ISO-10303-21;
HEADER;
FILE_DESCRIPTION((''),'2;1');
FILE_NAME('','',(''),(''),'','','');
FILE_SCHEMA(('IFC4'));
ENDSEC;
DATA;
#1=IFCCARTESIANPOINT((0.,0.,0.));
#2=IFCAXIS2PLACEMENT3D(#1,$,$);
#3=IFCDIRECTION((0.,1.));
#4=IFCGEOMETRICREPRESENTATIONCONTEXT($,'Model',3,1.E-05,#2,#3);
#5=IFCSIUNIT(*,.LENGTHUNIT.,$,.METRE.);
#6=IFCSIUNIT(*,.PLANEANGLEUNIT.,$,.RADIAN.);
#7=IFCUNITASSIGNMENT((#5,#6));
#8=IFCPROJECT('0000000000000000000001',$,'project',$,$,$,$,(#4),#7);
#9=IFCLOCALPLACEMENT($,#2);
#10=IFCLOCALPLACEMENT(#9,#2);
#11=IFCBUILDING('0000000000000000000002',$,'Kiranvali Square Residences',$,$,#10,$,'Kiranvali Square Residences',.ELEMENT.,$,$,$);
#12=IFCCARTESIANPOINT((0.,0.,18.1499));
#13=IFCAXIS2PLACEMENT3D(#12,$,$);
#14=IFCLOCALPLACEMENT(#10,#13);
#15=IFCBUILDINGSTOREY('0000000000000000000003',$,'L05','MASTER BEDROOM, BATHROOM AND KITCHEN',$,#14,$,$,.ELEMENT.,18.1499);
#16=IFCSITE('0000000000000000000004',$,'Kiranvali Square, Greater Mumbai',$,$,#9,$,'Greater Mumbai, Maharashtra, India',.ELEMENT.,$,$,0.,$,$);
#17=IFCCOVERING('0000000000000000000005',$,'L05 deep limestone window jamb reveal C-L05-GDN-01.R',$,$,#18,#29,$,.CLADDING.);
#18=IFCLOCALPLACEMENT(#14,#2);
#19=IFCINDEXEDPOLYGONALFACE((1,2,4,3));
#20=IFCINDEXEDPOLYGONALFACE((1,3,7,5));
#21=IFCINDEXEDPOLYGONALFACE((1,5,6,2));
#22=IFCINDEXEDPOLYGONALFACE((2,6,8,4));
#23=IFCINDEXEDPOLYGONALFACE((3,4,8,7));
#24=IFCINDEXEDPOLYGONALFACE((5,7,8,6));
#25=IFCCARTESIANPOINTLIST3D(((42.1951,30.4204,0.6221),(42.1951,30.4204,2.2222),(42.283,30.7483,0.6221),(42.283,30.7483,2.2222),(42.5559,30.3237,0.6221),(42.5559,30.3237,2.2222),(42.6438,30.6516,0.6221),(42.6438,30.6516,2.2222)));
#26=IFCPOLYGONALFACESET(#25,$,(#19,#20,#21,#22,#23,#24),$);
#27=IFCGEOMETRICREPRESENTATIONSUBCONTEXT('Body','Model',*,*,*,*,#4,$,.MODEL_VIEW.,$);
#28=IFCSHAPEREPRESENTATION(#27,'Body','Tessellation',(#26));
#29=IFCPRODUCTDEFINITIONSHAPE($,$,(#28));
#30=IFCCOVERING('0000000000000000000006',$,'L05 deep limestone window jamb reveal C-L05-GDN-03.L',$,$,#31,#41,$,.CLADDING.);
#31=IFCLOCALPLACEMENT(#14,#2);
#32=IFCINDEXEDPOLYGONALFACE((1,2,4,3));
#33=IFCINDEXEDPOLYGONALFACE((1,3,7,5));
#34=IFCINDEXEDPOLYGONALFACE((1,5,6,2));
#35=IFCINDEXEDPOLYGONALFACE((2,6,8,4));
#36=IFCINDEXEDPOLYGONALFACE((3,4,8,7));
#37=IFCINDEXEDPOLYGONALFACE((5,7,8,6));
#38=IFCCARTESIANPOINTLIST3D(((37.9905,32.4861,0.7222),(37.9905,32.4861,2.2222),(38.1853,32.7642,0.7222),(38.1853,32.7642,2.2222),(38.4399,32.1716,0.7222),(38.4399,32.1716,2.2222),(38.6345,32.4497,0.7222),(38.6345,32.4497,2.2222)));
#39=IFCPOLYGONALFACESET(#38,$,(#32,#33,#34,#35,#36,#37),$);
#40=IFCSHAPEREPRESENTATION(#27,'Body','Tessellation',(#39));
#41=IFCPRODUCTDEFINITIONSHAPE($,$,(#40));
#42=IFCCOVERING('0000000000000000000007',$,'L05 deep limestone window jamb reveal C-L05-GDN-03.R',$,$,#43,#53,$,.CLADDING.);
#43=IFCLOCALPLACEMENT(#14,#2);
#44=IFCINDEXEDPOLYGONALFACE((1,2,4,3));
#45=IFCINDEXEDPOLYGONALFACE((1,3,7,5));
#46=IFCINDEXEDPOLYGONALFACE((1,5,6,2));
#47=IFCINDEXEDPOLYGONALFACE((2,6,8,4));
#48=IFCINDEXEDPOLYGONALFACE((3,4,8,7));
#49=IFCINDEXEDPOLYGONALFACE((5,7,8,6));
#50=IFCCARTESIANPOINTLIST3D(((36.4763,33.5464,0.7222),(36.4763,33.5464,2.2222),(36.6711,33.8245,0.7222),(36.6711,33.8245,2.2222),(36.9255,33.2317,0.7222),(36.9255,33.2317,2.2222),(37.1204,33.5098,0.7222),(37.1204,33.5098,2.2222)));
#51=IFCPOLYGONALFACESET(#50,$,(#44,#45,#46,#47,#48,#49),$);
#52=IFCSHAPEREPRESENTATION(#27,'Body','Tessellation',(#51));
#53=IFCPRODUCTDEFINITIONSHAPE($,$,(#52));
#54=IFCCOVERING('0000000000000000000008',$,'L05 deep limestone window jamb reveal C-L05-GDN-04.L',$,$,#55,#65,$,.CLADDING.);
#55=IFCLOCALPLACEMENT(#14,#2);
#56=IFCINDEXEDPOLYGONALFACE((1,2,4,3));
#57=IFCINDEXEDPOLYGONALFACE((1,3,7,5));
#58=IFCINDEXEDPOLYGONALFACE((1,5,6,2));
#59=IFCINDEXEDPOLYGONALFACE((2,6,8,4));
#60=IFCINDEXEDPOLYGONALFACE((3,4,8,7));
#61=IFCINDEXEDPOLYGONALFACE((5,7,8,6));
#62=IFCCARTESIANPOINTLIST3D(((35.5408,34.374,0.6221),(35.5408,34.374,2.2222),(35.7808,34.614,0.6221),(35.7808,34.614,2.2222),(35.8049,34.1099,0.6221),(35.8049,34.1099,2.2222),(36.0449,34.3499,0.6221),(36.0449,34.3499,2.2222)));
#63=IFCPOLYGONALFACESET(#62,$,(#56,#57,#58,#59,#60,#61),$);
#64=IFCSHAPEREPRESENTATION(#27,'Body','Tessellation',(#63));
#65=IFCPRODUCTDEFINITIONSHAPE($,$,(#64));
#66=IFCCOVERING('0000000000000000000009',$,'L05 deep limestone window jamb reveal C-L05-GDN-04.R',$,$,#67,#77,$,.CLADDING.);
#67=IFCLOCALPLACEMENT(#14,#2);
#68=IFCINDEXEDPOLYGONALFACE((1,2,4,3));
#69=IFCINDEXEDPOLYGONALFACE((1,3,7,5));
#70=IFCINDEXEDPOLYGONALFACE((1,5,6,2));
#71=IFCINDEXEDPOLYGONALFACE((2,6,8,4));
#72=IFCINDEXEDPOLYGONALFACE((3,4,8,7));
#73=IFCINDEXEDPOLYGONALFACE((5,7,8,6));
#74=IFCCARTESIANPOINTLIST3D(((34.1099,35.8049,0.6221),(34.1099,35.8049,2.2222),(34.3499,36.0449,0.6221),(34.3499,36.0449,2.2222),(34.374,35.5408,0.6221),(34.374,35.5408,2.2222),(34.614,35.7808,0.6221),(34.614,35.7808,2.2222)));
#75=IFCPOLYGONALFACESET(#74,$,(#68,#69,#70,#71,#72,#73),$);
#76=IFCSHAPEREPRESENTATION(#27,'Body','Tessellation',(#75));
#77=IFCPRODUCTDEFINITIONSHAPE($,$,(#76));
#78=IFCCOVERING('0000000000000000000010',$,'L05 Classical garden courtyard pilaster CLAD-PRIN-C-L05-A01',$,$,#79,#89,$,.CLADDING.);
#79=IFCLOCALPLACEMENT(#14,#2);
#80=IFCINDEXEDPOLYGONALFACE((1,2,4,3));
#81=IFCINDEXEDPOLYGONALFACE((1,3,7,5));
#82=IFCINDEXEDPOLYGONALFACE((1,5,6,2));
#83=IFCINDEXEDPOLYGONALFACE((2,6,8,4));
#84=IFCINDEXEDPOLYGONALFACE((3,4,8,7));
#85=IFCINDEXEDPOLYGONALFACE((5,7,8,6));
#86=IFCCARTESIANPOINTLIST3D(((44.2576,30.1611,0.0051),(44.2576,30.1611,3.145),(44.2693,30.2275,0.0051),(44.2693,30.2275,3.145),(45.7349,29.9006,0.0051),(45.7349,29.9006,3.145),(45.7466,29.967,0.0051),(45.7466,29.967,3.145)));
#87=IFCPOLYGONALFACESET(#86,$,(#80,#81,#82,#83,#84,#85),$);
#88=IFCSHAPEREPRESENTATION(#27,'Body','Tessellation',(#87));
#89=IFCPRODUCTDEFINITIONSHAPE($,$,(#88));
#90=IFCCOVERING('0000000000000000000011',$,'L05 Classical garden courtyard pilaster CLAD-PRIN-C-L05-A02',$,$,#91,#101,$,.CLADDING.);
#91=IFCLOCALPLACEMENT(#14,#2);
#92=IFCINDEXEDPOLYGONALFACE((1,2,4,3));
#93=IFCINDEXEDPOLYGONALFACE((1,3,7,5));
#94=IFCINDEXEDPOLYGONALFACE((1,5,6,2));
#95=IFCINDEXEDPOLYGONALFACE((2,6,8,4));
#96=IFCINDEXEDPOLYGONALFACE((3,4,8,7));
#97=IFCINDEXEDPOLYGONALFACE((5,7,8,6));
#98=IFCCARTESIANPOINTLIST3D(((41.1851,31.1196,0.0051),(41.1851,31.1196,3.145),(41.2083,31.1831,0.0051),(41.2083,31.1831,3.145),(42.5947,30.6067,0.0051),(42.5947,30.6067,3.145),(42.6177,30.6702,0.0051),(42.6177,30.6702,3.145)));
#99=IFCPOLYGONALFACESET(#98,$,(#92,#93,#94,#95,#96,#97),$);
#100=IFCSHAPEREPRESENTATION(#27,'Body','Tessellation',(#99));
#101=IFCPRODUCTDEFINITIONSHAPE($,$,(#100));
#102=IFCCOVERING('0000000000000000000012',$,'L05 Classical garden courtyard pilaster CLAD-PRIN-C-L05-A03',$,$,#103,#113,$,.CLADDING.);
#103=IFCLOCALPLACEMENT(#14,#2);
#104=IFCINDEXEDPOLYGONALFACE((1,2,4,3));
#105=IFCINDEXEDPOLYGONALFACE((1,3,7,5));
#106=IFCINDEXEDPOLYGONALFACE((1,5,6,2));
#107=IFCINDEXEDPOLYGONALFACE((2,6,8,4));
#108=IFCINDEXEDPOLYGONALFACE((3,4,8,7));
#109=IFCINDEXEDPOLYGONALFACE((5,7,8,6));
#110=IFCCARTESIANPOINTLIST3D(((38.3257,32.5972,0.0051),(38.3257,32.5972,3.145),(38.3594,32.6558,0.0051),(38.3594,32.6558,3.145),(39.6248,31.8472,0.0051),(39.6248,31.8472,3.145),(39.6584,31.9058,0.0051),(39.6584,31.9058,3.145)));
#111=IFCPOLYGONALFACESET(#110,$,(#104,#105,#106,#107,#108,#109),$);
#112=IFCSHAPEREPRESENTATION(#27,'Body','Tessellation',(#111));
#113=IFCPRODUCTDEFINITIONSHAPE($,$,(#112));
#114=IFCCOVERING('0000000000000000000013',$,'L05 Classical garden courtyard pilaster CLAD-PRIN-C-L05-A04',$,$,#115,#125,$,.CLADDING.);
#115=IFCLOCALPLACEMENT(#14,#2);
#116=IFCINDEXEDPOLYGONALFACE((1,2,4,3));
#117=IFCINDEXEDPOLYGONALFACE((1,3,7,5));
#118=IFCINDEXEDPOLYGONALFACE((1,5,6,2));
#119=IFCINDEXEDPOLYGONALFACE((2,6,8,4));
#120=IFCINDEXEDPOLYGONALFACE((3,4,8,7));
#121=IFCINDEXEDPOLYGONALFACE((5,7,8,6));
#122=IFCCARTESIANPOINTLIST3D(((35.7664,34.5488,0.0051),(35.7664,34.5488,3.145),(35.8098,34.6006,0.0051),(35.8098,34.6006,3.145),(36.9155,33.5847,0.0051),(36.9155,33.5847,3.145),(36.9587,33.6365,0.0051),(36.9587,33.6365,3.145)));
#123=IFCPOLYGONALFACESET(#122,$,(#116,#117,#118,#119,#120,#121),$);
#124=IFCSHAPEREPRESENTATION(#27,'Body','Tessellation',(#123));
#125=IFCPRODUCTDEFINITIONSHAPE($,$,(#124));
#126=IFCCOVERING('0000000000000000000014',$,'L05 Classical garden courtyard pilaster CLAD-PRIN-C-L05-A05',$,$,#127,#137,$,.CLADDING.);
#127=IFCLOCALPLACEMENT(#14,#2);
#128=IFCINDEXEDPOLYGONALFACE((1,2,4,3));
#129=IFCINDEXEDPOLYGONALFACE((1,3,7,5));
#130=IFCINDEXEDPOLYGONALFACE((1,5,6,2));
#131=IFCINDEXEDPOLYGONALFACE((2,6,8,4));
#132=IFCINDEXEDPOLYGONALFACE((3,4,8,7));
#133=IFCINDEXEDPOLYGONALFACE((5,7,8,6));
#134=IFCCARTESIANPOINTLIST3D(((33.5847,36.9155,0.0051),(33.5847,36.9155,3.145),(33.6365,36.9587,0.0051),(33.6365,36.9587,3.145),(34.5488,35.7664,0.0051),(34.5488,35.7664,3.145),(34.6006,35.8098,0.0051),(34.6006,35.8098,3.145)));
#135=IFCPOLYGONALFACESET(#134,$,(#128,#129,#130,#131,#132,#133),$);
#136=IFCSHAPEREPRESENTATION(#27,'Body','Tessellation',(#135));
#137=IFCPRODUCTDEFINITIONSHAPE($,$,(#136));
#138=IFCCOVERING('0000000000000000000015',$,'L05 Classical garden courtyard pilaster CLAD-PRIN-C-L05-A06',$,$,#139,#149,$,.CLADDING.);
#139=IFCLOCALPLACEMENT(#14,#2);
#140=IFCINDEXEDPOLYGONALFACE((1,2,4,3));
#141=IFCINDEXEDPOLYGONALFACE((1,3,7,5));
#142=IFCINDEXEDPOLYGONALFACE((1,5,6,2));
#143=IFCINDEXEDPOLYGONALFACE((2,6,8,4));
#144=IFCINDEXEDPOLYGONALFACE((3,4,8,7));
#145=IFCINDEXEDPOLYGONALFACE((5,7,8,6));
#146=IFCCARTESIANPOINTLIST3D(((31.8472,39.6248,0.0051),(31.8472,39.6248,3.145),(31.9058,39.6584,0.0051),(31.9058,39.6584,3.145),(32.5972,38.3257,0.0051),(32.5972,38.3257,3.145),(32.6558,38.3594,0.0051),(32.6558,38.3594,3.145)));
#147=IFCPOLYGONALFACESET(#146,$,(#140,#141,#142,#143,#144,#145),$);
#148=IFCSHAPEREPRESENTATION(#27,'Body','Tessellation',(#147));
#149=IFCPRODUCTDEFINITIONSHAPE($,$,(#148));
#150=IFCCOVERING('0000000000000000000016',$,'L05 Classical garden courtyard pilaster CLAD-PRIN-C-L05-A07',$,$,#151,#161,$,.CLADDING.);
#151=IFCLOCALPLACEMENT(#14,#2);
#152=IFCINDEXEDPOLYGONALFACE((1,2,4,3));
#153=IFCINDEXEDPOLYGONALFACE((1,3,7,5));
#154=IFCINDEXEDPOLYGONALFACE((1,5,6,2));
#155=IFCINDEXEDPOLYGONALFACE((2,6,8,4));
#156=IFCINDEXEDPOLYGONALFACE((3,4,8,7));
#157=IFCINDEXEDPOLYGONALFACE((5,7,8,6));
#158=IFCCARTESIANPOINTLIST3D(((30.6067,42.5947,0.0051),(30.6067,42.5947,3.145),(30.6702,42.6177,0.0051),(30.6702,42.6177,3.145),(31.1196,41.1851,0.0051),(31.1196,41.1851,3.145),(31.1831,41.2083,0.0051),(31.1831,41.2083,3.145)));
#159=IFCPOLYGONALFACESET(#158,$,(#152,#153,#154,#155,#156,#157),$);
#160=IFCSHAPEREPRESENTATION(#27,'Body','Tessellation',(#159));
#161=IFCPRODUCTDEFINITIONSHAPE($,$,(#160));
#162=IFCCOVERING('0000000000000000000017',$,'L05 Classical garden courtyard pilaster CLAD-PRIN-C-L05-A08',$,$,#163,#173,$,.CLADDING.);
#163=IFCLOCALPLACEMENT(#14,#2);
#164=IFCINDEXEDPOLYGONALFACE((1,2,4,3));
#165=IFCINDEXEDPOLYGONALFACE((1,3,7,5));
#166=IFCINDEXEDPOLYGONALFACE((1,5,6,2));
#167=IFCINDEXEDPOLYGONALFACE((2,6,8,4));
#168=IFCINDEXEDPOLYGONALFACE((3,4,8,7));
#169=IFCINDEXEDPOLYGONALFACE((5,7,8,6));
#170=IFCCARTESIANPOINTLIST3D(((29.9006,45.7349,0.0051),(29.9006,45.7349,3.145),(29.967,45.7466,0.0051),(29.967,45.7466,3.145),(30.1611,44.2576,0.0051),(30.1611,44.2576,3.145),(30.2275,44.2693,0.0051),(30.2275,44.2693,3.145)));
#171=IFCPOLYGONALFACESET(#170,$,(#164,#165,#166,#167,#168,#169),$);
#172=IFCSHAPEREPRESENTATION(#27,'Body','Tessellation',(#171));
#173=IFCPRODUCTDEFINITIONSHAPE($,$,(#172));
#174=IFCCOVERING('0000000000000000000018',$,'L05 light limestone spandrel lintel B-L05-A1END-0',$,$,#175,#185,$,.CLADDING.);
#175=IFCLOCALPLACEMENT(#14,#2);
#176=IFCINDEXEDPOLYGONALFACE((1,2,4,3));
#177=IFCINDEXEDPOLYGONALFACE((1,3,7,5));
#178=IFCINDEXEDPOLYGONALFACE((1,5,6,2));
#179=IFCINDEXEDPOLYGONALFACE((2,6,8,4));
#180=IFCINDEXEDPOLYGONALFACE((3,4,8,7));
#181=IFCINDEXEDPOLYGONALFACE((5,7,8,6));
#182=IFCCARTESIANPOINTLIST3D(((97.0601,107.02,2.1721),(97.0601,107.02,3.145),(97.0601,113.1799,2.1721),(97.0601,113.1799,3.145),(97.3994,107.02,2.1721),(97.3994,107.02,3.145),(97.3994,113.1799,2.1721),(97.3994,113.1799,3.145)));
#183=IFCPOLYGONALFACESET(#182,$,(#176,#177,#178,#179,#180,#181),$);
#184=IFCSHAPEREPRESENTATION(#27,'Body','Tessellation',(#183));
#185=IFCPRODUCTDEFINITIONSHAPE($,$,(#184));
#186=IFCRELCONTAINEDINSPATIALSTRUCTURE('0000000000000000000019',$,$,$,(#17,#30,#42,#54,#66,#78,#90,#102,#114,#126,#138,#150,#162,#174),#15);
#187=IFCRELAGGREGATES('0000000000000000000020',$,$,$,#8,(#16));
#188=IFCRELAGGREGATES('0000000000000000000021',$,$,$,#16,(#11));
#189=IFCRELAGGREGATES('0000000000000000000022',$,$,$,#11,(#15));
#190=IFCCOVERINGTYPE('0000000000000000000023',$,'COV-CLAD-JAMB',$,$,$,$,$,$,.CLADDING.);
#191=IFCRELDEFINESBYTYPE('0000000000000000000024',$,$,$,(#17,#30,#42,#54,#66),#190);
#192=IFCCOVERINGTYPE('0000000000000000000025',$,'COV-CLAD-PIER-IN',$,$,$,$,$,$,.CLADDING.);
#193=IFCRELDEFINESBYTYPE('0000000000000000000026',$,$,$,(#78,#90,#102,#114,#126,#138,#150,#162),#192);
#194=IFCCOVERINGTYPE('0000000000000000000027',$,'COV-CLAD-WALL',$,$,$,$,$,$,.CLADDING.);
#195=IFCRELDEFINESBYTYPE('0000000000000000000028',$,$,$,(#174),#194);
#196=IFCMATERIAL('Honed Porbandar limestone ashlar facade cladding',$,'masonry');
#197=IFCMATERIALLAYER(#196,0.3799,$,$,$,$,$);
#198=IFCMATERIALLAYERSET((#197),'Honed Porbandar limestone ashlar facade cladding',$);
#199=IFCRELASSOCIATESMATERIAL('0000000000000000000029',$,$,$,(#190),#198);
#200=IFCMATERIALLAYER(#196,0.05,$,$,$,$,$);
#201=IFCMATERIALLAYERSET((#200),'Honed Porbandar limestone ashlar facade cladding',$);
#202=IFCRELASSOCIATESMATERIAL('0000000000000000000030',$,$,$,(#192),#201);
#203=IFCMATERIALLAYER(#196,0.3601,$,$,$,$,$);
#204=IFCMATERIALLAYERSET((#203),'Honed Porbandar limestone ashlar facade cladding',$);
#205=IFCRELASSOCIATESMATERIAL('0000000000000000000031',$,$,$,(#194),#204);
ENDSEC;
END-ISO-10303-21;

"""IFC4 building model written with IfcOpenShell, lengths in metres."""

from ifc_helpers import new_model, si_unit, direction, frame, origin, place, context, subcontext, project, spatial, polyline, outline, extrude, material, layer, layer_set, type_object, element, save


model = new_model("IFC4")

# Units and contexts
model_context = context("Model", 3, precision=1e-05, world=origin(), true_north=direction((0.0, 1.0)))
body_context = subcontext(model_context, "Body", "Model", "MODEL_VIEW")
ifc_project = project(units=[si_unit("LENGTHUNIT", "METRE"), si_unit("PLANEANGLEUNIT", "RADIAN")], contexts=[model_context])

# Site, building, storey
site_placement = place(None, origin())
site = spatial("IfcSite", under=ifc_project, at=site_placement, Name="Kiranvali Square, Greater Mumbai", LongName="Greater Mumbai, Maharashtra, India", CompositionType="ELEMENT", RefElevation=0.0)
building_placement = place(site_placement, origin())
building = spatial("IfcBuilding", under=site, at=building_placement, Name="Kiranvali Square Residences", LongName="Kiranvali Square Residences", CompositionType="ELEMENT")
storey_placement = place(building_placement, frame((0.0, 0.0, 18.1499)))
storey = spatial("IfcBuildingStorey", under=building, at=storey_placement, Name="L05", Description="MASTER BEDROOM, BATHROOM AND KITCHEN", CompositionType="ELEMENT", Elevation=18.1499)

# Coverings
ifc_material = material(Name="Honed Porbandar limestone ashlar facade cladding", Category="masonry")
ifc_layer_1 = layer(ifc_material, 0.3799)
ifc_layer_set_1 = layer_set([ifc_layer_1], Name="Honed Porbandar limestone ashlar facade cladding")
covering_type_1 = type_object("IfcCoveringType", Name="COV-CLAD-JAMB", PredefinedType="CLADDING", material=ifc_layer_set_1)
covering_1_placement = place(storey_placement, frame((0.0, 0.0, 0.6221)))
element("IfcCovering", 1, at=covering_1_placement, inside=storey, type_object=covering_type_1, Name="L05 deep limestone window jamb reveal C-L05-GDN-01.R", PredefinedType="CLADDING", context=body_context, shape_type="SweptSolid", body=[
    extrude(outline(polyline([(42.6438, 30.6516), (42.283, 30.7483), (42.1951, 30.4204), (42.5559, 30.3237), (42.6438, 30.6516)])), origin(), (0.0, 0.0, 1.0), 1.6001),
])
covering_2_placement = place(storey_placement, frame((0.0, 0.0, 0.7222)))
element("IfcCovering", 2, at=covering_2_placement, inside=storey, type_object=covering_type_1, Name="L05 deep limestone window jamb reveal C-L05-GDN-03.L", PredefinedType="CLADDING", context=body_context, shape_type="SweptSolid", body=[
    extrude(outline(polyline([(38.6345, 32.4497), (38.1853, 32.7642), (37.9905, 32.4861), (38.4399, 32.1716), (38.6345, 32.4497)])), origin(), (0.0, 0.0, 1.0), 1.5),
])
covering_3_placement = place(storey_placement, frame((0.0, 0.0, 0.7222)))
element("IfcCovering", 3, at=covering_3_placement, inside=storey, type_object=covering_type_1, Name="L05 deep limestone window jamb reveal C-L05-GDN-03.R", PredefinedType="CLADDING", context=body_context, shape_type="SweptSolid", body=[
    extrude(outline(polyline([(37.1204, 33.5098), (36.6711, 33.8245), (36.4763, 33.5464), (36.9255, 33.2317), (37.1204, 33.5098)])), origin(), (0.0, 0.0, 1.0), 1.5),
])
covering_4_placement = place(storey_placement, frame((0.0, 0.0, 0.6221)))
element("IfcCovering", 4, at=covering_4_placement, inside=storey, type_object=covering_type_1, Name="L05 deep limestone window jamb reveal C-L05-GDN-04.L", PredefinedType="CLADDING", context=body_context, shape_type="SweptSolid", body=[
    extrude(outline(polyline([(36.0449, 34.3499), (35.7808, 34.614), (35.5408, 34.374), (35.8049, 34.1099), (36.0449, 34.3499)])), origin(), (0.0, 0.0, 1.0), 1.6001),
])
covering_5_placement = place(storey_placement, frame((0.0, 0.0, 0.6221)))
element("IfcCovering", 5, at=covering_5_placement, inside=storey, type_object=covering_type_1, Name="L05 deep limestone window jamb reveal C-L05-GDN-04.R", PredefinedType="CLADDING", context=body_context, shape_type="SweptSolid", body=[
    extrude(outline(polyline([(34.614, 35.7808), (34.3499, 36.0449), (34.1099, 35.8049), (34.374, 35.5408), (34.614, 35.7808)])), origin(), (0.0, 0.0, 1.0), 1.6001),
])
ifc_layer_2 = layer(ifc_material, 0.05)
ifc_layer_set_2 = layer_set([ifc_layer_2], Name="Honed Porbandar limestone ashlar facade cladding")
covering_type_2 = type_object("IfcCoveringType", Name="COV-CLAD-PIER-IN", PredefinedType="CLADDING", material=ifc_layer_set_2)
covering_6_placement = place(storey_placement, frame((0.0, 0.0, 0.0051)))
element("IfcCovering", 6, at=covering_6_placement, inside=storey, type_object=covering_type_2, Name="L05 Classical garden courtyard pilaster CLAD-PRIN-C-L05-A01", PredefinedType="CLADDING", context=body_context, shape_type="SweptSolid", body=[
    extrude(outline(polyline([(45.7466, 29.967), (44.2693, 30.2275), (44.2576, 30.1611), (45.7349, 29.9006), (45.7466, 29.967)])), origin(), (0.0, 0.0, 1.0), 3.1399),
])
covering_7_placement = place(storey_placement, frame((0.0, 0.0, 0.0051)))
element("IfcCovering", 7, at=covering_7_placement, inside=storey, type_object=covering_type_2, Name="L05 Classical garden courtyard pilaster CLAD-PRIN-C-L05-A02", PredefinedType="CLADDING", context=body_context, shape_type="SweptSolid", body=[
    extrude(outline(polyline([(42.6177, 30.6702), (41.2083, 31.1831), (41.1851, 31.1196), (42.5947, 30.6067), (42.6177, 30.6702)])), origin(), (0.0, 0.0, 1.0), 3.1399),
])
covering_8_placement = place(storey_placement, frame((0.0, 0.0, 0.0051)))
element("IfcCovering", 8, at=covering_8_placement, inside=storey, type_object=covering_type_2, Name="L05 Classical garden courtyard pilaster CLAD-PRIN-C-L05-A03", PredefinedType="CLADDING", context=body_context, shape_type="SweptSolid", body=[
    extrude(outline(polyline([(39.6584, 31.9058), (38.3594, 32.6558), (38.3257, 32.5972), (39.6248, 31.8472), (39.6584, 31.9058)])), origin(), (0.0, 0.0, 1.0), 3.1399),
])
covering_9_placement = place(storey_placement, frame((0.0, 0.0, 0.0051)))
element("IfcCovering", 9, at=covering_9_placement, inside=storey, type_object=covering_type_2, Name="L05 Classical garden courtyard pilaster CLAD-PRIN-C-L05-A04", PredefinedType="CLADDING", context=body_context, shape_type="SweptSolid", body=[
    extrude(outline(polyline([(36.9587, 33.6365), (35.8098, 34.6006), (35.7664, 34.5488), (36.9155, 33.5847), (36.9587, 33.6365)])), origin(), (0.0, 0.0, 1.0), 3.1399),
])
covering_10_placement = place(storey_placement, frame((0.0, 0.0, 0.0051)))
element("IfcCovering", 10, at=covering_10_placement, inside=storey, type_object=covering_type_2, Name="L05 Classical garden courtyard pilaster CLAD-PRIN-C-L05-A05", PredefinedType="CLADDING", context=body_context, shape_type="SweptSolid", body=[
    extrude(outline(polyline([(34.6006, 35.8098), (33.6365, 36.9587), (33.5847, 36.9155), (34.5488, 35.7664), (34.6006, 35.8098)])), origin(), (0.0, 0.0, 1.0), 3.1399),
])
covering_11_placement = place(storey_placement, frame((0.0, 0.0, 0.0051)))
element("IfcCovering", 11, at=covering_11_placement, inside=storey, type_object=covering_type_2, Name="L05 Classical garden courtyard pilaster CLAD-PRIN-C-L05-A06", PredefinedType="CLADDING", context=body_context, shape_type="SweptSolid", body=[
    extrude(outline(polyline([(32.6558, 38.3594), (31.9058, 39.6584), (31.8472, 39.6248), (32.5972, 38.3257), (32.6558, 38.3594)])), origin(), (0.0, 0.0, 1.0), 3.1399),
])
covering_12_placement = place(storey_placement, frame((0.0, 0.0, 0.0051)))
element("IfcCovering", 12, at=covering_12_placement, inside=storey, type_object=covering_type_2, Name="L05 Classical garden courtyard pilaster CLAD-PRIN-C-L05-A07", PredefinedType="CLADDING", context=body_context, shape_type="SweptSolid", body=[
    extrude(outline(polyline([(31.1831, 41.2083), (30.6702, 42.6177), (30.6067, 42.5947), (31.1196, 41.1851), (31.1831, 41.2083)])), origin(), (0.0, 0.0, 1.0), 3.1399),
])
covering_13_placement = place(storey_placement, frame((0.0, 0.0, 0.0051)))
element("IfcCovering", 13, at=covering_13_placement, inside=storey, type_object=covering_type_2, Name="L05 Classical garden courtyard pilaster CLAD-PRIN-C-L05-A08", PredefinedType="CLADDING", context=body_context, shape_type="SweptSolid", body=[
    extrude(outline(polyline([(30.2275, 44.2693), (29.967, 45.7466), (29.9006, 45.7349), (30.1611, 44.2576), (30.2275, 44.2693)])), origin(), (0.0, 0.0, 1.0), 3.1399),
])
ifc_layer_3 = layer(ifc_material, 0.3601)
ifc_layer_set_3 = layer_set([ifc_layer_3], Name="Honed Porbandar limestone ashlar facade cladding")
covering_type_3 = type_object("IfcCoveringType", Name="COV-CLAD-WALL", PredefinedType="CLADDING", material=ifc_layer_set_3)
covering_14_placement = place(storey_placement, frame((0.0, 0.0, 2.1721)))
element("IfcCovering", 14, at=covering_14_placement, inside=storey, type_object=covering_type_3, Name="L05 light limestone spandrel lintel B-L05-A1END-0", PredefinedType="CLADDING", context=body_context, shape_type="SweptSolid", body=[
    extrude(outline(polyline([(97.3994, 107.02), (97.3994, 113.1799), (97.0601, 113.1799), (97.0601, 107.02), (97.3994, 107.02)])), origin(), (0.0, 0.0, 1.0), 0.9729),
])

save(model, "model.ifc")
